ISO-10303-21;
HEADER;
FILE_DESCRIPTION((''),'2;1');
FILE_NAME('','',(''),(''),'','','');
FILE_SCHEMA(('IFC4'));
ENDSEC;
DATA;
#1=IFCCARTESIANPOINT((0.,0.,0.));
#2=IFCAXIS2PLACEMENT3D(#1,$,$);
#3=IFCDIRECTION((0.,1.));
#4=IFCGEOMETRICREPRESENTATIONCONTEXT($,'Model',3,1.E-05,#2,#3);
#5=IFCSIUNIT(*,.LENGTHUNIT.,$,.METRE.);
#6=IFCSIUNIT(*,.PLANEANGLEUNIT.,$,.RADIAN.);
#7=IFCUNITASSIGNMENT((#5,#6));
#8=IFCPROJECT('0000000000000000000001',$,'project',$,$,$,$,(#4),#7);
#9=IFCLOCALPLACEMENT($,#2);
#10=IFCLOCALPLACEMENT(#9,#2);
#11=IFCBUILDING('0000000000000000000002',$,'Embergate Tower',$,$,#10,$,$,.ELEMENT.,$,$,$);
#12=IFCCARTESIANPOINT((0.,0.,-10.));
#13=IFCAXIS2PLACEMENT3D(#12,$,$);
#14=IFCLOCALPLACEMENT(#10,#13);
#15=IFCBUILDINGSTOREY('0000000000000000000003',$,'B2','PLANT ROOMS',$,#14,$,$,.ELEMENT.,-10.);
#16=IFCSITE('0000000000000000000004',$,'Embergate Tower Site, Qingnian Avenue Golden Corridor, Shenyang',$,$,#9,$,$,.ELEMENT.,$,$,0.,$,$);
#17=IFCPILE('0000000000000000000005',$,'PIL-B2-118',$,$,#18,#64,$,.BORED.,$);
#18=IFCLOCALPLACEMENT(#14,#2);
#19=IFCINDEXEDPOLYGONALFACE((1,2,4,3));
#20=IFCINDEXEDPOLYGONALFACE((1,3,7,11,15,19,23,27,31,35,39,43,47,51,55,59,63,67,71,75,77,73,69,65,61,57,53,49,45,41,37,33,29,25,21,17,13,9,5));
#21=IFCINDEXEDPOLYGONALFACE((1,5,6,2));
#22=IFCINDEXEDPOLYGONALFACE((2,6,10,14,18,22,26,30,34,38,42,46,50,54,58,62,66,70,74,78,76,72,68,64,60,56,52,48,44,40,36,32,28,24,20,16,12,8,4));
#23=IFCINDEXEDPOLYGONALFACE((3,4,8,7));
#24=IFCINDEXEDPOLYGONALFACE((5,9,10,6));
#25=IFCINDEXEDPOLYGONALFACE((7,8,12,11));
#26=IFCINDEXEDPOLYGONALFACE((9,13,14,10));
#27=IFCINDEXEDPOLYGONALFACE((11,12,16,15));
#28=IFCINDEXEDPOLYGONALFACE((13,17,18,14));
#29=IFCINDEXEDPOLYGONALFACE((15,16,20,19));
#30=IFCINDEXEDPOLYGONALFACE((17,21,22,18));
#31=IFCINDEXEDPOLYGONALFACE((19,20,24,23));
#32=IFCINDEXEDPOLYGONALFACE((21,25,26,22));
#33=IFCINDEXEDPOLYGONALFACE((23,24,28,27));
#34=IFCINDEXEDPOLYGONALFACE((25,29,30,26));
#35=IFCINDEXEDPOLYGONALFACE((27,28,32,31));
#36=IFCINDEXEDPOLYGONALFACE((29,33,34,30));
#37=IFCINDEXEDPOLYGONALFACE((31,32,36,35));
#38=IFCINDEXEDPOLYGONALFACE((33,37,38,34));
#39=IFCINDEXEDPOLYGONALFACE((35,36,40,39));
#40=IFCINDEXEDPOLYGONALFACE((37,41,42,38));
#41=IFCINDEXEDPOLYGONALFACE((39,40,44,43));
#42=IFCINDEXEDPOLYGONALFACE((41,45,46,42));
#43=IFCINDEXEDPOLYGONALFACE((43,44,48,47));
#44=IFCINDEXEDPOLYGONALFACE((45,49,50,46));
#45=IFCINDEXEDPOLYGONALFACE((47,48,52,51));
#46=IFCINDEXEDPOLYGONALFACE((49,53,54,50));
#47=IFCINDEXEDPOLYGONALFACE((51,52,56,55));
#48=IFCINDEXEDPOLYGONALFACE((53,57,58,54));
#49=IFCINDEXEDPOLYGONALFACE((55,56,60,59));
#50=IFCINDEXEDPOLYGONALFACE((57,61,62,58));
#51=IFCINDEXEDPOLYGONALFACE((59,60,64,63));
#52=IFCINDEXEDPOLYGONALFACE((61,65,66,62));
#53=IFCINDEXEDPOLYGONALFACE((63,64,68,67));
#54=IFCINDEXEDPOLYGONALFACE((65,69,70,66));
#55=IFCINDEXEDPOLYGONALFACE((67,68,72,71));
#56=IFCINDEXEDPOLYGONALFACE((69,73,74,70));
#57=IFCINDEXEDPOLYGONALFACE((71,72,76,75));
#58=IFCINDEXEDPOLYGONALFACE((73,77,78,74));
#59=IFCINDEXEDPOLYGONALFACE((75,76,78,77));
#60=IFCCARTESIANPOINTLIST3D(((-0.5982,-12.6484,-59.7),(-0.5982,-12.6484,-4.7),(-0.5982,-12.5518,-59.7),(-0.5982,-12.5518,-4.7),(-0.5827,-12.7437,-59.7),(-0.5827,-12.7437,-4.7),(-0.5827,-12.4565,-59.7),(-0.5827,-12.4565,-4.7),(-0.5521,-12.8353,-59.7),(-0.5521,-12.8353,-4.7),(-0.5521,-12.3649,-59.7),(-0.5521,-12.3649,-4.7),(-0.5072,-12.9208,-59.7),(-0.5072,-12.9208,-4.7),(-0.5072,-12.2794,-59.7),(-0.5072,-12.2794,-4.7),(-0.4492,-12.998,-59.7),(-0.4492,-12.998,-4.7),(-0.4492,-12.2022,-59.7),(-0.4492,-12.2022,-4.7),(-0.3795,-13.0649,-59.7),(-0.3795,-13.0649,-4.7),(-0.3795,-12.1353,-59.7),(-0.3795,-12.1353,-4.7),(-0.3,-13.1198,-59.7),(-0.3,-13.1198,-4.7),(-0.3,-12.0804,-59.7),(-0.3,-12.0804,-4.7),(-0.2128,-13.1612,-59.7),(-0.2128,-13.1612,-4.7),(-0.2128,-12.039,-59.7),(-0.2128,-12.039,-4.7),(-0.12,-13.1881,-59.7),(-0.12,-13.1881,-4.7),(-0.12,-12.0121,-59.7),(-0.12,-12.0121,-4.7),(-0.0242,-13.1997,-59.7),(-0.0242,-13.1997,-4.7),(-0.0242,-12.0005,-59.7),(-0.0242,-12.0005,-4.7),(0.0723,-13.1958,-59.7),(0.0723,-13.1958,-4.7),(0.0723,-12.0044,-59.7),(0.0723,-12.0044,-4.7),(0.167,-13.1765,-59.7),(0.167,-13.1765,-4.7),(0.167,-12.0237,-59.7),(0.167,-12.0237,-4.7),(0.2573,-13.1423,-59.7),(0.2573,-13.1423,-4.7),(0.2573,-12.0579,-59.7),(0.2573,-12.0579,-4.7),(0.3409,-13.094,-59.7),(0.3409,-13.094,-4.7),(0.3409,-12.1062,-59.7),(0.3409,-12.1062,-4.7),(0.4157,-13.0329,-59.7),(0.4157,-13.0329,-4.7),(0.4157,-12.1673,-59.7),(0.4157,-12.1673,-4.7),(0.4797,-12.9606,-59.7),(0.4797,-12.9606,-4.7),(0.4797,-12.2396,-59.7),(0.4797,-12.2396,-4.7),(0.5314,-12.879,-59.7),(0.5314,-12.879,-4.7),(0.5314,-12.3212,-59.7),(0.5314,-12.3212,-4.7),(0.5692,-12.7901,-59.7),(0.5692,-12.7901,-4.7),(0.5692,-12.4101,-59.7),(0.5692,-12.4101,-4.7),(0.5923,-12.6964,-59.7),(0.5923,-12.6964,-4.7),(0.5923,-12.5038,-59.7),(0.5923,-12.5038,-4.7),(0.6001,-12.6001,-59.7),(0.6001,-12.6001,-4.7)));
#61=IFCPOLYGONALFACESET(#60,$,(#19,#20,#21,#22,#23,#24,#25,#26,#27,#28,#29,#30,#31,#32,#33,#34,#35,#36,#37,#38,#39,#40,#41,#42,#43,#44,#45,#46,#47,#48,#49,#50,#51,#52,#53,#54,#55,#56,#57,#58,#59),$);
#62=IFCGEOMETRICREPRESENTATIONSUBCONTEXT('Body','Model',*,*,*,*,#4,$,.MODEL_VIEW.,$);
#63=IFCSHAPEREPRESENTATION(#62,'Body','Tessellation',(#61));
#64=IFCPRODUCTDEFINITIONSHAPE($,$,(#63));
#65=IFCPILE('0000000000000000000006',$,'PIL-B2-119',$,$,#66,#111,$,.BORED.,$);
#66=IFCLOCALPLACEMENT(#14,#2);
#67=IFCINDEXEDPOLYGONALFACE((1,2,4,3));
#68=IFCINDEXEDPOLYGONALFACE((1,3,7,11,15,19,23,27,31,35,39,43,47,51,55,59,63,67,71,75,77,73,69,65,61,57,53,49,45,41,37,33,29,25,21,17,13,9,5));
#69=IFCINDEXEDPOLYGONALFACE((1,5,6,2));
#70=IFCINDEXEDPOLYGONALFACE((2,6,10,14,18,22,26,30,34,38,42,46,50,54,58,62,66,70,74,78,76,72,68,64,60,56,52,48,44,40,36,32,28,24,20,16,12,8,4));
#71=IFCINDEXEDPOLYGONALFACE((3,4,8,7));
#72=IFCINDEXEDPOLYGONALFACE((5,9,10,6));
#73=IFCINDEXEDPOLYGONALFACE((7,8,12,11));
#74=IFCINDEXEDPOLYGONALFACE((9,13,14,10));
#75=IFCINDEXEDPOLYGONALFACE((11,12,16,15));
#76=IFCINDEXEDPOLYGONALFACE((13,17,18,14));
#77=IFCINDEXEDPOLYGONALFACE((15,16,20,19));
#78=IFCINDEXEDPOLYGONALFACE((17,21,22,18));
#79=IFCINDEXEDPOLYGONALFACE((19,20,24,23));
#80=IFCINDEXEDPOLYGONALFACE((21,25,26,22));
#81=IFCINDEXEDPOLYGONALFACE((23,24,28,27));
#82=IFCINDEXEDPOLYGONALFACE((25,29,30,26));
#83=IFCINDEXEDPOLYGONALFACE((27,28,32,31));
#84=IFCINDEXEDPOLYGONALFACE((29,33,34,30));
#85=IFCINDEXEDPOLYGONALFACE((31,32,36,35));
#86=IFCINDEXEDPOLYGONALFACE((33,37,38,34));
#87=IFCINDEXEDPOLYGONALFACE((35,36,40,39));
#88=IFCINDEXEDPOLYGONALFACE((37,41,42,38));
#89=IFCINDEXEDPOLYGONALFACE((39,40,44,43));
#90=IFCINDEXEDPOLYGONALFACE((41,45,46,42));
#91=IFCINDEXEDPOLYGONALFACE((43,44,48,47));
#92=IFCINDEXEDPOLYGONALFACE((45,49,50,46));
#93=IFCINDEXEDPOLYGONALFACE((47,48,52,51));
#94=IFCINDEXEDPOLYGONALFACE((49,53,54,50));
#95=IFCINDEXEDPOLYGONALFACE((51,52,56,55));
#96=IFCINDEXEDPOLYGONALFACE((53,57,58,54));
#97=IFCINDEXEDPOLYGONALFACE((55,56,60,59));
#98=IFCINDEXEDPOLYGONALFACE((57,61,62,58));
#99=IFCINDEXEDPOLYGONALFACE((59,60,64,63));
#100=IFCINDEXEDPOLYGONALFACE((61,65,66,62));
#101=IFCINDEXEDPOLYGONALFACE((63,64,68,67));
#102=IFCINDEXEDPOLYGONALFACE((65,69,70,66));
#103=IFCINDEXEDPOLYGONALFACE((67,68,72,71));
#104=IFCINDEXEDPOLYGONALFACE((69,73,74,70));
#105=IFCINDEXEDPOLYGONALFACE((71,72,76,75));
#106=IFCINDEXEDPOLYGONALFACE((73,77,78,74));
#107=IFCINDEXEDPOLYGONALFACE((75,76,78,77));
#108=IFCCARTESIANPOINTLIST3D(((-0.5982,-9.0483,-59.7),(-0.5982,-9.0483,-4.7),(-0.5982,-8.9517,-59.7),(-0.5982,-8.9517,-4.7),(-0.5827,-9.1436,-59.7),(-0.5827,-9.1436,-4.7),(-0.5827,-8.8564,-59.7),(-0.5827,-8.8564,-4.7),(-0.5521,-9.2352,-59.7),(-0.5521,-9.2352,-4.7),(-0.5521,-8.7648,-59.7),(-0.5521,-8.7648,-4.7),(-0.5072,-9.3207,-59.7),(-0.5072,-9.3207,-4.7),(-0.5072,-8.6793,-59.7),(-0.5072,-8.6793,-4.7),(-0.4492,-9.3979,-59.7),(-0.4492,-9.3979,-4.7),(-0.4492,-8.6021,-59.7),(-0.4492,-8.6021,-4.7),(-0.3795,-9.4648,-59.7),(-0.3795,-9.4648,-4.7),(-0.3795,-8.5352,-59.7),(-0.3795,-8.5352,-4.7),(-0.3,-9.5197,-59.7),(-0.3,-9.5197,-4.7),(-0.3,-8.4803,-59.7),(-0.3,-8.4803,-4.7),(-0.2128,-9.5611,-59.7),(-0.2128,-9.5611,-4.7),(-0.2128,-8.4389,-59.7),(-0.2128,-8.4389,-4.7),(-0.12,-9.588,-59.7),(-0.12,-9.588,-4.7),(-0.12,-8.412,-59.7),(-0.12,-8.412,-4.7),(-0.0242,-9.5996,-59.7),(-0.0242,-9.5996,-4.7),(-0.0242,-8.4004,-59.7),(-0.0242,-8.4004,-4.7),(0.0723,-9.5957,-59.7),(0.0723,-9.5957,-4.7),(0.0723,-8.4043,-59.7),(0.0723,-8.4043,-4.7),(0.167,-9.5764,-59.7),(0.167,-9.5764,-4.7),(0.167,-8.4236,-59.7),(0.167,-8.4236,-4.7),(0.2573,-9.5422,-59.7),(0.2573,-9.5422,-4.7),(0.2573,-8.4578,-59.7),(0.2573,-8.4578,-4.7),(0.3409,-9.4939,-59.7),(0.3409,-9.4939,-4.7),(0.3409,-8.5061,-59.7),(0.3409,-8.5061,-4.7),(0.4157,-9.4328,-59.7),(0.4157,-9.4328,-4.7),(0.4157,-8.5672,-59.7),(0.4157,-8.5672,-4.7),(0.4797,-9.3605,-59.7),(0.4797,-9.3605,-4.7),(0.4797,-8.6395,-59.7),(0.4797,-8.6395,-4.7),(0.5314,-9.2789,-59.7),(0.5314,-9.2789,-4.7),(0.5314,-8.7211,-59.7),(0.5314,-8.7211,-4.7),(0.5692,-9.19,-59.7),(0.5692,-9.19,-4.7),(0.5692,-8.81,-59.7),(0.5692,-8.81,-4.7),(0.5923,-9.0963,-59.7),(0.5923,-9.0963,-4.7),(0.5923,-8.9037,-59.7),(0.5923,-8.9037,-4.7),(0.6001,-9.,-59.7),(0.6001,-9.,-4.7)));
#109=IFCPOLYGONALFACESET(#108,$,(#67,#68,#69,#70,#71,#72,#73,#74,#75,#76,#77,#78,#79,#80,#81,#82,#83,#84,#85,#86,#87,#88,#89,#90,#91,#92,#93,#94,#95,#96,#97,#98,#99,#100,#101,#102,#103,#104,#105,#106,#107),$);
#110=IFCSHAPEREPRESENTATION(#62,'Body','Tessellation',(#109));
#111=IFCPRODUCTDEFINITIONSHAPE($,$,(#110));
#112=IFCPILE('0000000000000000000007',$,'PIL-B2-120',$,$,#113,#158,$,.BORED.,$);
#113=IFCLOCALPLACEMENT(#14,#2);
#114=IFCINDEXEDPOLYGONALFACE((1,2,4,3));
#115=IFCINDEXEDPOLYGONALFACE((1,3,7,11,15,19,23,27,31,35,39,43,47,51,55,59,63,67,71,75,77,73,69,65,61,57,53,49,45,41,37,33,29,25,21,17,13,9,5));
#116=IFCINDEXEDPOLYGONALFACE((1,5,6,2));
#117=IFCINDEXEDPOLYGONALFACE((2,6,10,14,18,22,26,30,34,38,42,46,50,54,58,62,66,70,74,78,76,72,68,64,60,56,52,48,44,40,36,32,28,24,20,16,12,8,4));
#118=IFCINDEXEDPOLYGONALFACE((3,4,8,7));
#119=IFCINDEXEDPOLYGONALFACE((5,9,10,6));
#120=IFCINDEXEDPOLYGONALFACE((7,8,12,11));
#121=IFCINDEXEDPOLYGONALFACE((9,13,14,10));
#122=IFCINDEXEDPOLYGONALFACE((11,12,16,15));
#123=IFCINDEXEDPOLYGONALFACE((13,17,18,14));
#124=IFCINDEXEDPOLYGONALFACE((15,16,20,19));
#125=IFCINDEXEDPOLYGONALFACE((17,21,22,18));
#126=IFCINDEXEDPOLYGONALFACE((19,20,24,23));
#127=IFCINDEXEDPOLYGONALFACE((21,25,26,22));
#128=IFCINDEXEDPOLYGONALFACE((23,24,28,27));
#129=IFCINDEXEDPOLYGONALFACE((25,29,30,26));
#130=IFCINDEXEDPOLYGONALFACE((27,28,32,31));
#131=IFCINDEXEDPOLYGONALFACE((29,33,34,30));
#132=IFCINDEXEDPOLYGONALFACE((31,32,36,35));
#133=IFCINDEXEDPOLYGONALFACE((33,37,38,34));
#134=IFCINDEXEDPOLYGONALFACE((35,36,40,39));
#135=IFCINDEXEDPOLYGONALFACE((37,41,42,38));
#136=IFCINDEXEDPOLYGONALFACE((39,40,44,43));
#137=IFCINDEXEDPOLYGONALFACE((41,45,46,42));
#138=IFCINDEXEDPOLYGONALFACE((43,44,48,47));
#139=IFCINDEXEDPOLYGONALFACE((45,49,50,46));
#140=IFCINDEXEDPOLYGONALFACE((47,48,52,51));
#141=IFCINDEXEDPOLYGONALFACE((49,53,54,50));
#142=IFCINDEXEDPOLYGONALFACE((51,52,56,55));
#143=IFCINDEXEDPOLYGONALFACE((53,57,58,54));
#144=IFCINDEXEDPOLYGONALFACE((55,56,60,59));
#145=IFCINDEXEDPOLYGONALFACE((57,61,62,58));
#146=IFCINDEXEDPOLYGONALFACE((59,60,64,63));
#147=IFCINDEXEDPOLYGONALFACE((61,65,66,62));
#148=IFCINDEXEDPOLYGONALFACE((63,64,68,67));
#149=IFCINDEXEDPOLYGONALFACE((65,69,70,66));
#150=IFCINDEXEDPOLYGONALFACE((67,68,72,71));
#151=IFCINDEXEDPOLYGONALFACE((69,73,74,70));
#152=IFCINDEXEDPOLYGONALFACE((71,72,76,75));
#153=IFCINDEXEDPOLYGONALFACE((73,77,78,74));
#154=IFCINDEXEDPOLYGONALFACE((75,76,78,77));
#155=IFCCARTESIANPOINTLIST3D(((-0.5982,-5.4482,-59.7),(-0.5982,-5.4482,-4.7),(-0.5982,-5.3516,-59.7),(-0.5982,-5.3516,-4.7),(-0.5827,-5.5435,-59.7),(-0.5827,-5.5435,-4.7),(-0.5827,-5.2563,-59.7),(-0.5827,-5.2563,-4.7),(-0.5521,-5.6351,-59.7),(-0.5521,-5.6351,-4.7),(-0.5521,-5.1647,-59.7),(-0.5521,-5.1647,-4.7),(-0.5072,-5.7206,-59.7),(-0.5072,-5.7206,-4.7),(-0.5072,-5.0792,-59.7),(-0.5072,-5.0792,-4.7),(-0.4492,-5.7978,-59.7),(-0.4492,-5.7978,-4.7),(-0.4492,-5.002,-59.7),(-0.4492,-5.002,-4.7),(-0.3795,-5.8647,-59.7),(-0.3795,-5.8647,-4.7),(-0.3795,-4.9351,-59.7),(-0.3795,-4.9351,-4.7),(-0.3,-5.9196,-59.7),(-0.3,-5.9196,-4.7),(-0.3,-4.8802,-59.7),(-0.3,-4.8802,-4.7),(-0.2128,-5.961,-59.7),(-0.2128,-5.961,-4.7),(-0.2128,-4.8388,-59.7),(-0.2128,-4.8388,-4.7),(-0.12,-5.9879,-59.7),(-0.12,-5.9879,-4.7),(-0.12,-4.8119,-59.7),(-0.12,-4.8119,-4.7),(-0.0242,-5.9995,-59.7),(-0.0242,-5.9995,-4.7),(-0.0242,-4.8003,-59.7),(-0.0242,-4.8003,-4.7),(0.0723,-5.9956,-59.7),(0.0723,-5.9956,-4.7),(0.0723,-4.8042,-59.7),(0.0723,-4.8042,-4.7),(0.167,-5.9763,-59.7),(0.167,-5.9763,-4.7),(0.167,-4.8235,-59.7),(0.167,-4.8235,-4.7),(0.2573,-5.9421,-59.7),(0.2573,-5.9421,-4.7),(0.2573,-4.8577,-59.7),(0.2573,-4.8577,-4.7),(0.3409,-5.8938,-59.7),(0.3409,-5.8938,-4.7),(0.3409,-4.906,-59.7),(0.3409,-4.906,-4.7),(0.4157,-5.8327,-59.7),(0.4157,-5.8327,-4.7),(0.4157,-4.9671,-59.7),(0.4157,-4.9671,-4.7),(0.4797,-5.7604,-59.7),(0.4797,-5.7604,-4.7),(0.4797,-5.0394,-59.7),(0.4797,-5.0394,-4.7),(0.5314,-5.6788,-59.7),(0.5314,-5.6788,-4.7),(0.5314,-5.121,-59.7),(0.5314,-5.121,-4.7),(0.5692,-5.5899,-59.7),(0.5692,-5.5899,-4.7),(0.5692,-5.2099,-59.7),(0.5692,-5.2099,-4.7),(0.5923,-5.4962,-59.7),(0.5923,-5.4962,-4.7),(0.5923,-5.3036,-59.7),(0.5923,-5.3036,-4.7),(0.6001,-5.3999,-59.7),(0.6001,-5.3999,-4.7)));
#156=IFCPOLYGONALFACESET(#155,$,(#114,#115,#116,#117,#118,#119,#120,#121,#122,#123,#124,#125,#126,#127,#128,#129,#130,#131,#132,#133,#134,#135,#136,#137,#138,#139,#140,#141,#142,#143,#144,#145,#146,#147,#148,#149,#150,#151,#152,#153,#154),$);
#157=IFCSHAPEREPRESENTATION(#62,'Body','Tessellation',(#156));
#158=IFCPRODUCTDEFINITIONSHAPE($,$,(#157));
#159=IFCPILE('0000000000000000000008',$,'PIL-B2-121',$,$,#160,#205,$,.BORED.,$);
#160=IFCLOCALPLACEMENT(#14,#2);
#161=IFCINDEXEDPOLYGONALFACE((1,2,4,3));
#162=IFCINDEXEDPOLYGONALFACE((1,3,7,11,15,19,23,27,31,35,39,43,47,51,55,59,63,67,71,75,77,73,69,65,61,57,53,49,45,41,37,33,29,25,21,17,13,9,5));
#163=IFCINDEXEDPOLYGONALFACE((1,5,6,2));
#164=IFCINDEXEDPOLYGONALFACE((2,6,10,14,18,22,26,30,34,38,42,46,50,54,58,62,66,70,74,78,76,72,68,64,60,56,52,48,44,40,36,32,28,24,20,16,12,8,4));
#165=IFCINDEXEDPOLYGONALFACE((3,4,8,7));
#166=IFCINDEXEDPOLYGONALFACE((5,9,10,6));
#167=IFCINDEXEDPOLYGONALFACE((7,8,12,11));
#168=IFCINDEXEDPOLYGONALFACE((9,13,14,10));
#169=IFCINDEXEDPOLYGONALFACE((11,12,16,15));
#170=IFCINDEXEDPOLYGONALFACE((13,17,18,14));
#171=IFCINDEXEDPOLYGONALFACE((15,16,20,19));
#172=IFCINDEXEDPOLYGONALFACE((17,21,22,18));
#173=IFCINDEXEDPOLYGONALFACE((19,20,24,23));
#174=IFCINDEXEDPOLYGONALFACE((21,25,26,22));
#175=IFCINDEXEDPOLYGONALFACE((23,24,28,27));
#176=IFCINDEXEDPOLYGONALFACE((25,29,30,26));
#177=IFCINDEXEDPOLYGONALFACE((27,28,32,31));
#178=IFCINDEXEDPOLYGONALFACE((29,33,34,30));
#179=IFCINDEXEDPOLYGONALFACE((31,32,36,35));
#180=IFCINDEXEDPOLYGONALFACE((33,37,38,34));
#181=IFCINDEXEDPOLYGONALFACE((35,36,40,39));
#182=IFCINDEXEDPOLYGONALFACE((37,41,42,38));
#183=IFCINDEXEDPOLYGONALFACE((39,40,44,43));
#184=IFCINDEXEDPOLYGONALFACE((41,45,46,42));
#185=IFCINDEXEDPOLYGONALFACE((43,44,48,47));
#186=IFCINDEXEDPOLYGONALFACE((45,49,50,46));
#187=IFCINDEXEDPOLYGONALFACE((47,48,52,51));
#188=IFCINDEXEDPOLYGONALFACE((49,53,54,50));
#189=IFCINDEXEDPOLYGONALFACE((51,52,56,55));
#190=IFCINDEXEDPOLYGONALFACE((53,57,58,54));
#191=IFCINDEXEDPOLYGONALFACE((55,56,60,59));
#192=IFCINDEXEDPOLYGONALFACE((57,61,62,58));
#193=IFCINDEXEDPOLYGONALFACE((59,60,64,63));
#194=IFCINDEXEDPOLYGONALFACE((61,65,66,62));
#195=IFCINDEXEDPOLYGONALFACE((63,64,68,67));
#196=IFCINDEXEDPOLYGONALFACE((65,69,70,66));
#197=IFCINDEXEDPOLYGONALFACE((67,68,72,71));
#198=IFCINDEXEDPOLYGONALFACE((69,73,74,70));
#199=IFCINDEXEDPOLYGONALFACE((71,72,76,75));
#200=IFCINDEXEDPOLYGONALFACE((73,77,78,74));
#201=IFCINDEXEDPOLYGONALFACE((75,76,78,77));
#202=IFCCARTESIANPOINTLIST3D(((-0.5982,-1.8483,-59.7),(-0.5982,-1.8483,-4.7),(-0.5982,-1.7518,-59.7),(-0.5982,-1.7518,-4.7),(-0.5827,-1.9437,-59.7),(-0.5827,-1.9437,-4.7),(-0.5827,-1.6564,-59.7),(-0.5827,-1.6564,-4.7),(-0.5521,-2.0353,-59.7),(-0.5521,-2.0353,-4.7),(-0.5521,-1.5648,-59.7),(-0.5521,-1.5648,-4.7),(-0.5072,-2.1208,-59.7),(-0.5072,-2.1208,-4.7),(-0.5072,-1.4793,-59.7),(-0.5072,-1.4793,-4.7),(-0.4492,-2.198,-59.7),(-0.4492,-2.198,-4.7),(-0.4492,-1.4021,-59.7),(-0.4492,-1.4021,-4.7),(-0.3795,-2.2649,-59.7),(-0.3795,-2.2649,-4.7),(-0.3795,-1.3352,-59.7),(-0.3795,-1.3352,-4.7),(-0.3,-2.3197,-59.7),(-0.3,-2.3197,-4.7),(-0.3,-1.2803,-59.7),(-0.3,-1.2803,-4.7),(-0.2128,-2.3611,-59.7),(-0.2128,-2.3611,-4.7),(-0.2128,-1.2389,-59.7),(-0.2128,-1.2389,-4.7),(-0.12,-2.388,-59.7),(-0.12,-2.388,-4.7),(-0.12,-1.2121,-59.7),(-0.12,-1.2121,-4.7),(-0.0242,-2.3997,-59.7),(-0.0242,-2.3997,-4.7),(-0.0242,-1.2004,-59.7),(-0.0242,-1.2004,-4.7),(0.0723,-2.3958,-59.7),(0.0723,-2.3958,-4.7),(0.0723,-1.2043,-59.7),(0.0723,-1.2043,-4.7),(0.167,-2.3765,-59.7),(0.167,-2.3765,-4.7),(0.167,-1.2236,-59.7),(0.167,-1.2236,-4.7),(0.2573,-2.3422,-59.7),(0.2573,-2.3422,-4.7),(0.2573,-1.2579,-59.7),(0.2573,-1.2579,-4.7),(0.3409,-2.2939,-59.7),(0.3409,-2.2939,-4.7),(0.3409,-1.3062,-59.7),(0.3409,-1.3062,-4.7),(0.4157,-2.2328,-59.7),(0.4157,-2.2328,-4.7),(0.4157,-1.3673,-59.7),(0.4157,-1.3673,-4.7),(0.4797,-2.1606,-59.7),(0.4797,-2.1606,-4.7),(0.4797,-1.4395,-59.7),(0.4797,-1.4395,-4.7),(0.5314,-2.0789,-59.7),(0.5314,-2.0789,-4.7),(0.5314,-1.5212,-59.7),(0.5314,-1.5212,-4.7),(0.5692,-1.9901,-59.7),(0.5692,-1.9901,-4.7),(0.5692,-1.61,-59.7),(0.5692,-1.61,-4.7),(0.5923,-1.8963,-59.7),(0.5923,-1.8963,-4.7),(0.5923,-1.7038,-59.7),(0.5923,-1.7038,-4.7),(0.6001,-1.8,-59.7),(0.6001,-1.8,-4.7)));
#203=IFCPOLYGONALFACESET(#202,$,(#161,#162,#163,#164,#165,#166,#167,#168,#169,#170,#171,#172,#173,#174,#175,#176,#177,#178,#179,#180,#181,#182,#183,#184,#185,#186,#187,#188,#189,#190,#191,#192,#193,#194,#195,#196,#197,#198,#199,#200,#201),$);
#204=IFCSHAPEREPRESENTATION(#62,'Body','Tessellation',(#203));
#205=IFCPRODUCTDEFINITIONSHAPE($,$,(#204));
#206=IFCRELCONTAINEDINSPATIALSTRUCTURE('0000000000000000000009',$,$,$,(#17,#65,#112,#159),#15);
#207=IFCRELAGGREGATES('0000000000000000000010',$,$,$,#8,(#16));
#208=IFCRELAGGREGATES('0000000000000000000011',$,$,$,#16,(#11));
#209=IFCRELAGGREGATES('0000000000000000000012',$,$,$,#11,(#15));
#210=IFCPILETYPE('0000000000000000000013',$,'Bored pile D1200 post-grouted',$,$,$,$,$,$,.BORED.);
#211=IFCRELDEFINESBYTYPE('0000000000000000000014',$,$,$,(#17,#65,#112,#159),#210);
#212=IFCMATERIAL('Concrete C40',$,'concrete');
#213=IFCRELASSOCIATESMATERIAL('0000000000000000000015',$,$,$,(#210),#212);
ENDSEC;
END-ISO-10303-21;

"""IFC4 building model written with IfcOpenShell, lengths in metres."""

from ifc_helpers import new_model, si_unit, direction, frame, origin, origin_2d, place, context, subcontext, project, spatial, circle, extrude, source, transform, mapped, material, material_profile, profile_set, type_object, element, save


model = new_model("IFC4")

# Units and contexts
model_context = context("Model", 3, precision=1e-05, world=origin(), true_north=direction((0.0, 1.0)))
body_context = subcontext(model_context, "Body", "Model", "MODEL_VIEW")
ifc_project = project(units=[si_unit("LENGTHUNIT", "METRE"), si_unit("PLANEANGLEUNIT", "RADIAN")], contexts=[model_context])

# Site, building, storey
site_placement = place(None, origin())
site = spatial("IfcSite", under=ifc_project, at=site_placement, Name="Embergate Tower Site, Qingnian Avenue Golden Corridor, Shenyang", CompositionType="ELEMENT", RefElevation=0.0)
building_placement = place(site_placement, origin())
building = spatial("IfcBuilding", under=site, at=building_placement, Name="Embergate Tower", CompositionType="ELEMENT")
storey_placement = place(building_placement, frame((0.0, 0.0, -10.0)))
storey = spatial("IfcBuildingStorey", under=building, at=storey_placement, Name="B2", Description="PLANT ROOMS", CompositionType="ELEMENT", Elevation=-10.0)

# Piles
ifc_material_1 = material(Name="Concrete C40", Category="concrete")
ifc_material_profile = material_profile(ifc_material_1, circle(Radius=0.6001, at=origin_2d()), Name="D1200")
ifc_profile_set = profile_set([ifc_material_profile], Name="Concrete C40")
pile_type = type_object("IfcPileType", Name="Bored pile D1200 post-grouted", PredefinedType="BORED", material=ifc_profile_set)
shared_shape_1 = source(origin(), body_context, "Body", "SweptSolid", [
    extrude(circle(Radius=0.6001, at=origin_2d()), origin(), (0.0, 0.0, 1.0), 55.0),
])
for number, where, z_axis, x_axis, name in (
    (1, (0.0, -12.6001, -4.7), (0.0, 0.0, -1.0), (1.0, 0.0, 0.0), "PIL-B2-118"),
    (2, (0.0, -9.0, -4.7), (0.0, 0.0, -1.0), (1.0, 0.0, 0.0), "PIL-B2-119"),
    (3, (0.0, -5.3999, -4.7), (0.0, 0.0, -1.0), (1.0, 0.0, 0.0), "PIL-B2-120"),
    (4, (0.0, -1.8, -4.7), (0.0, 0.0, -1.0), (1.0, 0.0, 0.0), "PIL-B2-121"),
):
    element("IfcPile", number, at=place(storey_placement, frame(where, z_axis=z_axis, x_axis=x_axis)), inside=storey, type_object=pile_type, Name=name, PredefinedType="BORED", context=body_context, shape_type="MappedRepresentation", body=[
        mapped(shared_shape_1, transform((0.0, 0.0, 0.0))),
    ])

save(model, "model.ifc")
